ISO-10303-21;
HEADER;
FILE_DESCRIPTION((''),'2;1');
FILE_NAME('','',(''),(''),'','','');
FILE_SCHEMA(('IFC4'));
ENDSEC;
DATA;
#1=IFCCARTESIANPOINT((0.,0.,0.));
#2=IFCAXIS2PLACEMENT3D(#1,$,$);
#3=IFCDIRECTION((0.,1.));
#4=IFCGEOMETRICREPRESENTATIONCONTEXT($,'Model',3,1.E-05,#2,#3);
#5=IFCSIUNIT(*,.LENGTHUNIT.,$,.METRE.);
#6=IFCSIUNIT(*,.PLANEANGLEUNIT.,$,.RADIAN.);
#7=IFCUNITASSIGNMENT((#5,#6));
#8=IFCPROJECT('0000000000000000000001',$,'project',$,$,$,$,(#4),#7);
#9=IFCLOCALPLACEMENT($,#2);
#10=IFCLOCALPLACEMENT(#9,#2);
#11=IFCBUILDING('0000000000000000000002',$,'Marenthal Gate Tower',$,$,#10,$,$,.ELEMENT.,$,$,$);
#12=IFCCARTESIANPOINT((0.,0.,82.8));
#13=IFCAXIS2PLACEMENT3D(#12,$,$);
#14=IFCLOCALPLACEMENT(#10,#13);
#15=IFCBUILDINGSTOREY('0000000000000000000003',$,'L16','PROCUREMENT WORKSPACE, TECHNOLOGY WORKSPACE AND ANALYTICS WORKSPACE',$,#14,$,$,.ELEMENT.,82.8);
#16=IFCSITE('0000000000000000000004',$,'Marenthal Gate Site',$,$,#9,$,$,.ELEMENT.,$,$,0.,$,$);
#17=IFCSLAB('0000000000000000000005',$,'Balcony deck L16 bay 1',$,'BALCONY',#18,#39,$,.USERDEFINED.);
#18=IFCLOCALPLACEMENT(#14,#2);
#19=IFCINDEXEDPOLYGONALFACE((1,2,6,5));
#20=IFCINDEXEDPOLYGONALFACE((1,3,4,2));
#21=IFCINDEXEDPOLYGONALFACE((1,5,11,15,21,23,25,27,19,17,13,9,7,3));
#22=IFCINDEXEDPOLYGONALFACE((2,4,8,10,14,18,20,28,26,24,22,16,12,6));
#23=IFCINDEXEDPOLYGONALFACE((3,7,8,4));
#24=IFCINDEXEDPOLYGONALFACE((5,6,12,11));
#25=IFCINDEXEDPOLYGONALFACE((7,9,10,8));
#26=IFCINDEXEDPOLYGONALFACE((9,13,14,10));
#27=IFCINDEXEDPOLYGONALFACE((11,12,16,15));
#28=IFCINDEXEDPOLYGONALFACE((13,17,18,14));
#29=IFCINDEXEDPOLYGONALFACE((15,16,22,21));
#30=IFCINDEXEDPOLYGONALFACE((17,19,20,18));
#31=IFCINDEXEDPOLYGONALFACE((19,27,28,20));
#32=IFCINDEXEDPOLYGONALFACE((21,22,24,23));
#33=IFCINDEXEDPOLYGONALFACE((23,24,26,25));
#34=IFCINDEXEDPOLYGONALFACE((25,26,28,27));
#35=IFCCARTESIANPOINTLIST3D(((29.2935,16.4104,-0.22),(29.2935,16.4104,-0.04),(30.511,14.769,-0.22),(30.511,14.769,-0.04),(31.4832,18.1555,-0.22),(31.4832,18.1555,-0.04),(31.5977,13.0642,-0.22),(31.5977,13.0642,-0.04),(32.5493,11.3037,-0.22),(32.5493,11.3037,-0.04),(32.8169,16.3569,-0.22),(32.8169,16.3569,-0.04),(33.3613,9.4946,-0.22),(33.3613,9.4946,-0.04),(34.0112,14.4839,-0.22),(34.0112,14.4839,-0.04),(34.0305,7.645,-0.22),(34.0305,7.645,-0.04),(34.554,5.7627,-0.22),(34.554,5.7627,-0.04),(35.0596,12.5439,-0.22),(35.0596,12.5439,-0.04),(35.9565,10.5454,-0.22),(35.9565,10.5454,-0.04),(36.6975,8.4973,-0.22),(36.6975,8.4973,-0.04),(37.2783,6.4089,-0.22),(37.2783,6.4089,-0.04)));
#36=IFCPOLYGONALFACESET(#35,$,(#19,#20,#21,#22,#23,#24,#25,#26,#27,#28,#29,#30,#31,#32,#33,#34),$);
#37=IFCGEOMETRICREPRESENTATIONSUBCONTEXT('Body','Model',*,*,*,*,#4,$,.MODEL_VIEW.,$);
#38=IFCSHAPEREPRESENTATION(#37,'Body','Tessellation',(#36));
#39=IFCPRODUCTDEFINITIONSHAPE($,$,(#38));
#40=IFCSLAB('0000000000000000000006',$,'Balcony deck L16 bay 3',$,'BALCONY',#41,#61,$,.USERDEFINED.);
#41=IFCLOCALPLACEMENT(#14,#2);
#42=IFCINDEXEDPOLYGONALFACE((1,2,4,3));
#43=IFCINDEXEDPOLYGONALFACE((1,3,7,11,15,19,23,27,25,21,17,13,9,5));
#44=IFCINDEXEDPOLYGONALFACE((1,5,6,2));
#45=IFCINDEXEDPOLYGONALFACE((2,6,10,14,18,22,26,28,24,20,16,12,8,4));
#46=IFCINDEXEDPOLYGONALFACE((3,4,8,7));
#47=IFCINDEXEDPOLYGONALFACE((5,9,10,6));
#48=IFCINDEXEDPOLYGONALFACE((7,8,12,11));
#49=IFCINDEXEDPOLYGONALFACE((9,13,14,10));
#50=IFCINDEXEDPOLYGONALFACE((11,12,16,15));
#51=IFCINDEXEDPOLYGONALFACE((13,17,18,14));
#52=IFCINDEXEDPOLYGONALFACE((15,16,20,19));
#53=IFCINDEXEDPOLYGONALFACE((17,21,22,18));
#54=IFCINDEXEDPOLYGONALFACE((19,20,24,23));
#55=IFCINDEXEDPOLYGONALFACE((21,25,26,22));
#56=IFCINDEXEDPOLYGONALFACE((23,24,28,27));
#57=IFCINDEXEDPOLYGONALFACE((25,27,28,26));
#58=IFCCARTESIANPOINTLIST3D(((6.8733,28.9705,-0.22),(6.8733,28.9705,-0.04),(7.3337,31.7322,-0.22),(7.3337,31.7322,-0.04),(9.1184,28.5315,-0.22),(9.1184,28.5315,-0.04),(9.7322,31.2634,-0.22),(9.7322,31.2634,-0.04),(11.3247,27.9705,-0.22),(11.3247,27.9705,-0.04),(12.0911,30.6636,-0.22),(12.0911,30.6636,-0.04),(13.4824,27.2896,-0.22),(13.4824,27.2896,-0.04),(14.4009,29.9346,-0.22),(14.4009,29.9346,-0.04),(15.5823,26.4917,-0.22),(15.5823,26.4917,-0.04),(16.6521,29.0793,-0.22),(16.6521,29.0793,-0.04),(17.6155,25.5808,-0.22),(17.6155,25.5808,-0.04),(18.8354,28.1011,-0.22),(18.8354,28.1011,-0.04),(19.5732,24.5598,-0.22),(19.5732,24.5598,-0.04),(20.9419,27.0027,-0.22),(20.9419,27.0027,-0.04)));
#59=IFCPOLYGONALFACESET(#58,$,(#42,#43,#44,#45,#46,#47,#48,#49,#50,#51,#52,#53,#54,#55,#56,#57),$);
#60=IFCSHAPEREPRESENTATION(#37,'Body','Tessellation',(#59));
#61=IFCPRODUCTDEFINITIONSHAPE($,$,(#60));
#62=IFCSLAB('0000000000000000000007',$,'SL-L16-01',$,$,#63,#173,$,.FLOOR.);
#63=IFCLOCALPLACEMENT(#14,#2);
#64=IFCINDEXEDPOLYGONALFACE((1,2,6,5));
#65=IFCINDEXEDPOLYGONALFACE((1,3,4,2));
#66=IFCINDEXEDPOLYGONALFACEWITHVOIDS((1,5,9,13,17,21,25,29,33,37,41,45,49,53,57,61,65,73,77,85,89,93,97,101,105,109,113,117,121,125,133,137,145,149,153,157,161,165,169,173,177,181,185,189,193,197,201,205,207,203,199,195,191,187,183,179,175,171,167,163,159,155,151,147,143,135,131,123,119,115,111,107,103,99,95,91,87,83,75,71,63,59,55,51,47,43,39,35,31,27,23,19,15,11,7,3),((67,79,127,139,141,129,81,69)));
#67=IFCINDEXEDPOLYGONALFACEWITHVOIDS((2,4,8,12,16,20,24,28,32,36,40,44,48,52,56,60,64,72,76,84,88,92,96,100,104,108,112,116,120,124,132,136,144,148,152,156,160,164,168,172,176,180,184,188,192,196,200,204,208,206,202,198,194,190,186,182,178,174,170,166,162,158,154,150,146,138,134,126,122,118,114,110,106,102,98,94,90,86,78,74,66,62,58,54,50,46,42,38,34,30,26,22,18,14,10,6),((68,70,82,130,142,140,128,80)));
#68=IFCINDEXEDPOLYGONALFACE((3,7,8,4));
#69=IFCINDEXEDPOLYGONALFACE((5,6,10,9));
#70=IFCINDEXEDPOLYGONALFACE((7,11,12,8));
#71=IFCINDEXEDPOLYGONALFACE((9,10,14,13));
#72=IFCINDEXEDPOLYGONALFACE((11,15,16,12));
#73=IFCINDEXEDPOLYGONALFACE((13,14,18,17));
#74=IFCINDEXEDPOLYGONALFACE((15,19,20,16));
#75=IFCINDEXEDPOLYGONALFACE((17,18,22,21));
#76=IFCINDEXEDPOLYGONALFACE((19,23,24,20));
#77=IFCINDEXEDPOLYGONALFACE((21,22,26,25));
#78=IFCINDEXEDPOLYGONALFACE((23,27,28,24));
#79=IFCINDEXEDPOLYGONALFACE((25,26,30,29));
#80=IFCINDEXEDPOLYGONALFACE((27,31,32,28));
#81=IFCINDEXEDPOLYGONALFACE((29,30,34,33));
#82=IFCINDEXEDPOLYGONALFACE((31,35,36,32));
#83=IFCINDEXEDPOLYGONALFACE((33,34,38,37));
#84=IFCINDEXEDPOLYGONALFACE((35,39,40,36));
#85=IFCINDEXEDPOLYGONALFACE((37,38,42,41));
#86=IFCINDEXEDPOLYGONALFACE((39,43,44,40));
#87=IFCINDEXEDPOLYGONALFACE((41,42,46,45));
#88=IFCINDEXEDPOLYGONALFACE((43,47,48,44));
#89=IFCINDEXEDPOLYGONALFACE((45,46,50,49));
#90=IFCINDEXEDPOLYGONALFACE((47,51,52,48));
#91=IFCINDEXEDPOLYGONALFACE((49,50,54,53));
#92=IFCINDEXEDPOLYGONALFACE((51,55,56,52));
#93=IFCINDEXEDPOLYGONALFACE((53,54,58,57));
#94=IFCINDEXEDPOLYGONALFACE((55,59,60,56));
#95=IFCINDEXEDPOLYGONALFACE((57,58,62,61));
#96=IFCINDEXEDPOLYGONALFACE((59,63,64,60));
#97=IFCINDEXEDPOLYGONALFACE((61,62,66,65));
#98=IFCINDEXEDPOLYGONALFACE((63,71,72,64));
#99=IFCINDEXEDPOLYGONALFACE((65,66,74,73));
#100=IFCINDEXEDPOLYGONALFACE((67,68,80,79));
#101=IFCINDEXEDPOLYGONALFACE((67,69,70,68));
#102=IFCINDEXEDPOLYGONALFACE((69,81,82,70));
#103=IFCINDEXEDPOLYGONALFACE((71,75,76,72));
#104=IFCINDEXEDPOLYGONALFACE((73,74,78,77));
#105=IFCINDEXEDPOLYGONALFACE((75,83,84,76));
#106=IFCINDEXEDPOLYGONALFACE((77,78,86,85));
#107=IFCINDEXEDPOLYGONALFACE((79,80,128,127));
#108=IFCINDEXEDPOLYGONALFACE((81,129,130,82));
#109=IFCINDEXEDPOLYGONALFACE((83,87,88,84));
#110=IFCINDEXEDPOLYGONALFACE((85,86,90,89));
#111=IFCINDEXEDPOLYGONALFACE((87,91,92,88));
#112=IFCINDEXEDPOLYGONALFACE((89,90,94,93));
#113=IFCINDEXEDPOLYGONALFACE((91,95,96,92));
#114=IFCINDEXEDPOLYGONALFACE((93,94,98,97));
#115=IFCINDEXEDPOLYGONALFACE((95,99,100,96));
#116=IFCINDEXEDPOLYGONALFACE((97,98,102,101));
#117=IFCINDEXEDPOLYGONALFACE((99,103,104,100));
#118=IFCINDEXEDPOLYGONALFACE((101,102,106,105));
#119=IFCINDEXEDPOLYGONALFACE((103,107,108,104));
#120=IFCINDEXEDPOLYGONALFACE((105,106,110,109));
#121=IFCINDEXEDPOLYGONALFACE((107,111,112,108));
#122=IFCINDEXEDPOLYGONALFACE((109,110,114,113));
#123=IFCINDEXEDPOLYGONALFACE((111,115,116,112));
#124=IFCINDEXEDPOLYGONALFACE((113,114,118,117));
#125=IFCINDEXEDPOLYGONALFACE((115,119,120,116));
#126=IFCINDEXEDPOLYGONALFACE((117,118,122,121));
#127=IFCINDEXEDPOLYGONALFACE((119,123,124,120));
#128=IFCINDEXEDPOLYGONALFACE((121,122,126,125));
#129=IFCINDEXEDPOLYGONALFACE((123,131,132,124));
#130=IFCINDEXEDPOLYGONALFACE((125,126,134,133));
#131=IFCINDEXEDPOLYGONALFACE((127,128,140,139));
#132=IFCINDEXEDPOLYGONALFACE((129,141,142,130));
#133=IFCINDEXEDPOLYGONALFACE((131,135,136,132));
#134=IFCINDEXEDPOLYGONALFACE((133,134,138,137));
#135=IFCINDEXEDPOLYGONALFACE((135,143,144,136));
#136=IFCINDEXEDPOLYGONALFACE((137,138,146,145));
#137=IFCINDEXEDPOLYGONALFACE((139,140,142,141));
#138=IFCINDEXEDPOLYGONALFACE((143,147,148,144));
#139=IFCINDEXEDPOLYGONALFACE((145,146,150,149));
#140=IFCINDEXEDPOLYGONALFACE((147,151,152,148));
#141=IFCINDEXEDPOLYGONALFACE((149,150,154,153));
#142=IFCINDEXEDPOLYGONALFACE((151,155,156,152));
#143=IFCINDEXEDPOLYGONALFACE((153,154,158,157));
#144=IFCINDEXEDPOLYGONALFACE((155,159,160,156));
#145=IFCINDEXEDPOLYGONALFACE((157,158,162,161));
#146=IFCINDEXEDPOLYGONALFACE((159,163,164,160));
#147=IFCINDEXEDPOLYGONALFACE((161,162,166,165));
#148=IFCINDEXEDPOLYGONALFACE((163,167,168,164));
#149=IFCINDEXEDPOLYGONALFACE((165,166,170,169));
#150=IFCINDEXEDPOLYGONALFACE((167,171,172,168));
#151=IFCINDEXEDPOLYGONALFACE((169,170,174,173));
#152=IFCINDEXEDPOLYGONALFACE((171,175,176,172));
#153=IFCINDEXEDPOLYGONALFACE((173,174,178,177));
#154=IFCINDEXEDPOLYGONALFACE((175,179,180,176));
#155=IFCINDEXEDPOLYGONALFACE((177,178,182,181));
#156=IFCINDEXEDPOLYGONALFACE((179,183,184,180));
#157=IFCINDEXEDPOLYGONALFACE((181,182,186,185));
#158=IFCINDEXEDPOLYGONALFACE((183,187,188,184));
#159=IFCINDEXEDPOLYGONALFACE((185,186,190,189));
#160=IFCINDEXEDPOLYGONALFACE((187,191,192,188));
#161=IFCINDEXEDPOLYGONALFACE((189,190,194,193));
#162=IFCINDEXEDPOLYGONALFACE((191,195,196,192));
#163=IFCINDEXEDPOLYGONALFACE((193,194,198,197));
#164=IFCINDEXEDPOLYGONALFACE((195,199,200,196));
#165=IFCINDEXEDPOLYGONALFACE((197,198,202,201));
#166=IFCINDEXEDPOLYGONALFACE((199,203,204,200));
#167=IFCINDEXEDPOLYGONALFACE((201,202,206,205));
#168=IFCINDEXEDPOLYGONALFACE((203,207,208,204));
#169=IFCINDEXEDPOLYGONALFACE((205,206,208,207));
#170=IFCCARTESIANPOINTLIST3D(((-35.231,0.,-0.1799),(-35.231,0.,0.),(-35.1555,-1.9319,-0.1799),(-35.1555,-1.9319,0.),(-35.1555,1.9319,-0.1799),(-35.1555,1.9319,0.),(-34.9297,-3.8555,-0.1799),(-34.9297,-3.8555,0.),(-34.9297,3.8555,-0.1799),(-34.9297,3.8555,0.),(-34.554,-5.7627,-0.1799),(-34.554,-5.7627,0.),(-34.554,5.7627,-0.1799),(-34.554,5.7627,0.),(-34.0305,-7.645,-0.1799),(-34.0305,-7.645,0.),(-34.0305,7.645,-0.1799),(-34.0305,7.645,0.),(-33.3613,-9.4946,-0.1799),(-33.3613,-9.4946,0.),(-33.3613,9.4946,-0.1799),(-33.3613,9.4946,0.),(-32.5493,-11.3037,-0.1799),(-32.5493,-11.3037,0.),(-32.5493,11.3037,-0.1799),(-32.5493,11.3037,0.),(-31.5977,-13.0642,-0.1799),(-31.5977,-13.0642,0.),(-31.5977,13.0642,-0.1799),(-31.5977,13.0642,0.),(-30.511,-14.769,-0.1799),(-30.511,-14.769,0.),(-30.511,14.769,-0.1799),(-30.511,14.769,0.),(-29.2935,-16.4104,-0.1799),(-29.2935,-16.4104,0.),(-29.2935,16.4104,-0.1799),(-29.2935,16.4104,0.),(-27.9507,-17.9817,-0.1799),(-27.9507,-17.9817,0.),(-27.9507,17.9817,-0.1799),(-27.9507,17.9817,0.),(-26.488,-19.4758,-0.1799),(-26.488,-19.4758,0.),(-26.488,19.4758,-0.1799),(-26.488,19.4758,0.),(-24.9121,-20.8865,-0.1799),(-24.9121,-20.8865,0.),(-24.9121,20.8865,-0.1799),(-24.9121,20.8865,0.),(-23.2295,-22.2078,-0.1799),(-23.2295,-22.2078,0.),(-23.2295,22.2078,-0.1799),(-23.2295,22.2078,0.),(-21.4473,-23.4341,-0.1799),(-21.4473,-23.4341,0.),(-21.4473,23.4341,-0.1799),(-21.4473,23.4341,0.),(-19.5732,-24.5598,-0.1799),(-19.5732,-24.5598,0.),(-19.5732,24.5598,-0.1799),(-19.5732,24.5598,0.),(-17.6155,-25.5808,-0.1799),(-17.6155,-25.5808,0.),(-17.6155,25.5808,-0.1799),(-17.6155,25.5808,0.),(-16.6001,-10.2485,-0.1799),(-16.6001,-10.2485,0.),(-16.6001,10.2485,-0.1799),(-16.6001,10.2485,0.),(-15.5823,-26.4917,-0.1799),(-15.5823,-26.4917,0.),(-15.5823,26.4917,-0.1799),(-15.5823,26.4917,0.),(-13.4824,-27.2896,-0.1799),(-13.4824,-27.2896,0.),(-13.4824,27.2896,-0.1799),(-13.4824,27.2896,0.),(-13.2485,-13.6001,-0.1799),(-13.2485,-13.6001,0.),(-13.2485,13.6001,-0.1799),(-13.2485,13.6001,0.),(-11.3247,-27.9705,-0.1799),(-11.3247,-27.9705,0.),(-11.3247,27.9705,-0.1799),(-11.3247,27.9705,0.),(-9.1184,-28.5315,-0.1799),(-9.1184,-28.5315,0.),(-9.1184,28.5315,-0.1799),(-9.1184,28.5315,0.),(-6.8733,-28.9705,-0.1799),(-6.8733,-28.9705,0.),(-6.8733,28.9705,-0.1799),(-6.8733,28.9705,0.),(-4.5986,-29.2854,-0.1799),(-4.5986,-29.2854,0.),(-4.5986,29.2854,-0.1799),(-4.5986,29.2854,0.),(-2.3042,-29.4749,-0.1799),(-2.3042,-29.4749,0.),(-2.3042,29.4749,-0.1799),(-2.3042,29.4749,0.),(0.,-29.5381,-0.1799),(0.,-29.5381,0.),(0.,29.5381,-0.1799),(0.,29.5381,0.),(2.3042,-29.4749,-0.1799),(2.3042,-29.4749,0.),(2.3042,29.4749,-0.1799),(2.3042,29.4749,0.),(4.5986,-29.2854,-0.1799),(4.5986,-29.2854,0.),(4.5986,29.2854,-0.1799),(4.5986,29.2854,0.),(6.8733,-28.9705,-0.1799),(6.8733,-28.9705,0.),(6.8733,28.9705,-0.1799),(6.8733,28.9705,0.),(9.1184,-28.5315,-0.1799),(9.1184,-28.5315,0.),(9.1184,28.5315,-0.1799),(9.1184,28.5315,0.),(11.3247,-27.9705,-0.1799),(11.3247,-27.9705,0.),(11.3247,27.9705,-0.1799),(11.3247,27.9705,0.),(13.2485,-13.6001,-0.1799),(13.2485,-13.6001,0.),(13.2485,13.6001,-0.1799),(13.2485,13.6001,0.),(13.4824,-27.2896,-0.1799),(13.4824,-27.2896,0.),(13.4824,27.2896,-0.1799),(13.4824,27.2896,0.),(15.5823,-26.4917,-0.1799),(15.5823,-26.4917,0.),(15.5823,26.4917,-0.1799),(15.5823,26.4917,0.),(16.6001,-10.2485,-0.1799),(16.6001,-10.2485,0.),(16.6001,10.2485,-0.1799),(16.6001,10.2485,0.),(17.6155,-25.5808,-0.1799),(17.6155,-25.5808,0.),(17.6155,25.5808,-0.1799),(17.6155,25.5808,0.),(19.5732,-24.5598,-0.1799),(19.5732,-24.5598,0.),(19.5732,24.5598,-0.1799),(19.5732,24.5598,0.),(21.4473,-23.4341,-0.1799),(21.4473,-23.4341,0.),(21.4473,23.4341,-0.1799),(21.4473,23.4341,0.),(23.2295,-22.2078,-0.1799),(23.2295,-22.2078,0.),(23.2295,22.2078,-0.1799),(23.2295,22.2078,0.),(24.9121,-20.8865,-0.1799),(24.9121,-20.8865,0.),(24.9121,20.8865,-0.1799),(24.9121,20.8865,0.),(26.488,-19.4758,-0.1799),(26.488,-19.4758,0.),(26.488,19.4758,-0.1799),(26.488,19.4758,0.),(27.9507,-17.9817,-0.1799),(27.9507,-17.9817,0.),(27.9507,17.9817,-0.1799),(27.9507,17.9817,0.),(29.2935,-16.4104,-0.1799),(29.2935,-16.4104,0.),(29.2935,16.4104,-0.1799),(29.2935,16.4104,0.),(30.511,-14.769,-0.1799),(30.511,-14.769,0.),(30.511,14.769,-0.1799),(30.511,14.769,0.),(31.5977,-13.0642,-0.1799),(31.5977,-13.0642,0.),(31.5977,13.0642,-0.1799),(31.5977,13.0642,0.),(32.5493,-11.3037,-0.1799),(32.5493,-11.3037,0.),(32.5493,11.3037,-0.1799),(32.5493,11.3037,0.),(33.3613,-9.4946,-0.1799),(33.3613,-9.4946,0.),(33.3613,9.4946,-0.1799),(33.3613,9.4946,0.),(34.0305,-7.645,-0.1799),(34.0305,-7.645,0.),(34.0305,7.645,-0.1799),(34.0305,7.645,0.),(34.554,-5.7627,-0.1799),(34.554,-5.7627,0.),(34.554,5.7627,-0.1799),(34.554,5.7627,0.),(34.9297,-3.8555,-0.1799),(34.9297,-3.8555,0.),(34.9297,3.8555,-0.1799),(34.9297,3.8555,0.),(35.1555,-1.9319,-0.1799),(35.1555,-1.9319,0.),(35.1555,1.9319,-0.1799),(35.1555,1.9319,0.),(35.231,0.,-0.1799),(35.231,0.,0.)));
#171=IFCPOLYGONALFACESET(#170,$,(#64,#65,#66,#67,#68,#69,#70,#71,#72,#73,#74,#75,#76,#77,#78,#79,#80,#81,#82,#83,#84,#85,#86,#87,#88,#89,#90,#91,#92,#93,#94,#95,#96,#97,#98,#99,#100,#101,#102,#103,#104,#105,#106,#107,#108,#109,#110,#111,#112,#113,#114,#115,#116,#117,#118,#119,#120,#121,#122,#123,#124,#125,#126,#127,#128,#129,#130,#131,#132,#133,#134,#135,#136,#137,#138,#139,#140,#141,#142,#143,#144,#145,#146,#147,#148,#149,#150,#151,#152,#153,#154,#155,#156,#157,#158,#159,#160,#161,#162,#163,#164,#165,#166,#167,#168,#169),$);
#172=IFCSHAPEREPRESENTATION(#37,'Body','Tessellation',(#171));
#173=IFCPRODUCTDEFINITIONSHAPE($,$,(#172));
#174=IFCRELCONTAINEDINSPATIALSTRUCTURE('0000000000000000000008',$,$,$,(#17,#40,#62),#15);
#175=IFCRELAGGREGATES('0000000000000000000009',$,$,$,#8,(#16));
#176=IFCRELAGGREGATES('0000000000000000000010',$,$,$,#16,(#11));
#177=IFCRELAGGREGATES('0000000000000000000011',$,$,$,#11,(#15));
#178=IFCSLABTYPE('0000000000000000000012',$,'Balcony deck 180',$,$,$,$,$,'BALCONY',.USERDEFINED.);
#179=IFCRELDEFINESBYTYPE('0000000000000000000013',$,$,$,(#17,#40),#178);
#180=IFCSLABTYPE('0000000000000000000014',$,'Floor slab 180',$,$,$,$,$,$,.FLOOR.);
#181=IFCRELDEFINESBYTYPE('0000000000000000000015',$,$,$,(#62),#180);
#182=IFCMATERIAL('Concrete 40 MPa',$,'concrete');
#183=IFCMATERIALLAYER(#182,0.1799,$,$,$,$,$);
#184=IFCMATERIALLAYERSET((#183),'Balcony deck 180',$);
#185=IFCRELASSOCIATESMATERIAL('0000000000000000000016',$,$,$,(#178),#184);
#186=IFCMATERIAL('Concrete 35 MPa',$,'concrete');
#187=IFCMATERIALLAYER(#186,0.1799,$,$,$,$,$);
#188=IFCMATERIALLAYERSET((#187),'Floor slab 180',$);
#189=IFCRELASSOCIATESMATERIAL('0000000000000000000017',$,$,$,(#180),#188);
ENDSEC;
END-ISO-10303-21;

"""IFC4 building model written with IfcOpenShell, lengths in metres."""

from ifc_helpers import new_model, si_unit, direction, frame, origin, place, context, subcontext, project, spatial, polyline, outline, extrude, material, layer, layer_set, type_object, element, save


model = new_model("IFC4")

# Units and contexts
model_context = context("Model", 3, precision=1e-05, world=origin(), true_north=direction((0.0, 1.0)))
body_context = subcontext(model_context, "Body", "Model", "MODEL_VIEW")
ifc_project = project(units=[si_unit("LENGTHUNIT", "METRE"), si_unit("PLANEANGLEUNIT", "RADIAN")], contexts=[model_context])

# Site, building, storey
site_placement = place(None, origin())
site = spatial("IfcSite", under=ifc_project, at=site_placement, Name="Marenthal Gate Site", CompositionType="ELEMENT", RefElevation=0.0)
building_placement = place(site_placement, origin())
building = spatial("IfcBuilding", under=site, at=building_placement, Name="Marenthal Gate Tower", CompositionType="ELEMENT")
storey_placement = place(building_placement, frame((0.0, 0.0, 82.8)))
storey = spatial("IfcBuildingStorey", under=building, at=storey_placement, Name="L16", Description="PROCUREMENT WORKSPACE, TECHNOLOGY WORKSPACE AND ANALYTICS WORKSPACE", CompositionType="ELEMENT", Elevation=82.8)

# Slabs
ifc_material_1 = material(Name="Concrete 40 MPa", Category="concrete")
ifc_layer_1 = layer(ifc_material_1, 0.1799)
ifc_layer_set_1 = layer_set([ifc_layer_1], Name="Balcony deck 180")
slab_type_1 = type_object("IfcSlabType", Name="Balcony deck 180", ElementType="BALCONY", PredefinedType="USERDEFINED", material=ifc_layer_set_1)
slab_1_placement = place(storey_placement, frame((0.0, 0.0, -0.22)))
element("IfcSlab", 1, at=slab_1_placement, inside=storey, type_object=slab_type_1, Name="Balcony deck L16 bay 1", ObjectType="BALCONY", PredefinedType="USERDEFINED", context=body_context, shape_type="SweptSolid", body=[
    extrude(outline(polyline([(34.554, 5.7627), (34.0305, 7.645), (33.3613, 9.4946), (32.5493, 11.3037), (31.5977, 13.0642), (30.511, 14.769), (29.2935, 16.4104), (31.4832, 18.1555), (32.8169, 16.3569), (34.0112, 14.4839), (35.0596, 12.5439), (35.9565, 10.5454), (36.6975, 8.4973), (37.2783, 6.4089), (34.554, 5.7627)])), origin(), (0.0, 0.0, 1.0), 0.1799),
])
slab_2_placement = place(storey_placement, frame((0.0, 0.0, -0.22)))
element("IfcSlab", 2, at=slab_2_placement, inside=storey, type_object=slab_type_1, Name="Balcony deck L16 bay 3", ObjectType="BALCONY", PredefinedType="USERDEFINED", context=body_context, shape_type="SweptSolid", body=[
    extrude(outline(polyline([(19.5732, 24.5598), (17.6155, 25.5808), (15.5823, 26.4917), (13.4824, 27.2896), (11.3247, 27.9705), (9.1184, 28.5315), (6.8733, 28.9705), (7.3337, 31.7322), (9.7322, 31.2634), (12.0911, 30.6636), (14.4009, 29.9346), (16.6521, 29.0793), (18.8354, 28.1011), (20.9419, 27.0027), (19.5732, 24.5598)])), origin(), (0.0, 0.0, 1.0), 0.1799),
])
ifc_material_2 = material(Name="Concrete 35 MPa", Category="concrete")
ifc_layer_2 = layer(ifc_material_2, 0.1799)
ifc_layer_set_2 = layer_set([ifc_layer_2], Name="Floor slab 180")
slab_type_2 = type_object("IfcSlabType", Name="Floor slab 180", PredefinedType="FLOOR", material=ifc_layer_set_2)
slab_3_placement = place(storey_placement, frame((0.0, 0.0, -0.1799)))
element("IfcSlab", 3, at=slab_3_placement, inside=storey, type_object=slab_type_2, Name="SL-L16-01", PredefinedType="FLOOR", context=body_context, shape_type="SweptSolid", body=[
    extrude(outline(polyline([(35.231, 0.0), (35.1555, 1.9319), (34.9297, 3.8555), (34.554, 5.7627), (34.0305, 7.645), (33.3613, 9.4946), (32.5493, 11.3037), (31.5977, 13.0642), (30.511, 14.769), (29.2935, 16.4104), (27.9507, 17.9817), (26.488, 19.4758), (24.9121, 20.8865), (23.2295, 22.2078), (21.4473, 23.4341), (19.5732, 24.5598), (17.6155, 25.5808), (15.5823, 26.4917), (13.4824, 27.2896), (11.3247, 27.9705), (9.1184, 28.5315), (6.8733, 28.9705), (4.5986, 29.2854), (2.3042, 29.4749), (0.0, 29.5381), (-2.3042, 29.4749), (-4.5986, 29.2854), (-6.8733, 28.9705), (-9.1184, 28.5315), (-11.3247, 27.9705), (-13.4824, 27.2896), (-15.5823, 26.4917), (-17.6155, 25.5808), (-19.5732, 24.5598), (-21.4473, 23.4341), (-23.2295, 22.2078), (-24.9121, 20.8865), (-26.488, 19.4758), (-27.9507, 17.9817), (-29.2935, 16.4104), (-30.511, 14.769), (-31.5977, 13.0642), (-32.5493, 11.3037), (-33.3613, 9.4946), (-34.0305, 7.645), (-34.554, 5.7627), (-34.9297, 3.8555), (-35.1555, 1.9319), (-35.231, 0.0), (-35.1555, -1.9319), (-34.9297, -3.8555), (-34.554, -5.7627), (-34.0305, -7.645), (-33.3613, -9.4946), (-32.5493, -11.3037), (-31.5977, -13.0642), (-30.511, -14.769), (-29.2935, -16.4104), (-27.9507, -17.9817), (-26.488, -19.4758), (-24.9121, -20.8865), (-23.2295, -22.2078), (-21.4473, -23.4341), (-19.5732, -24.5598), (-17.6155, -25.5808), (-15.5823, -26.4917), (-13.4824, -27.2896), (-11.3247, -27.9705), (-9.1184, -28.5315), (-6.8733, -28.9705), (-4.5986, -29.2854), (-2.3042, -29.4749), (0.0, -29.5381), (2.3042, -29.4749), (4.5986, -29.2854), (6.8733, -28.9705), (9.1184, -28.5315), (11.3247, -27.9705), (13.4824, -27.2896), (15.5823, -26.4917), (17.6155, -25.5808), (19.5732, -24.5598), (21.4473, -23.4341), (23.2295, -22.2078), (24.9121, -20.8865), (26.488, -19.4758), (27.9507, -17.9817), (29.2935, -16.4104), (30.511, -14.769), (31.5977, -13.0642), (32.5493, -11.3037), (33.3613, -9.4946), (34.0305, -7.645), (34.554, -5.7627), (34.9297, -3.8555), (35.1555, -1.9319), (35.231, 0.0)]), holes=[polyline([(13.2485, -13.6001), (16.6001, -10.2485), (16.6001, 10.2485), (13.2485, 13.6001), (-13.2485, 13.6001), (-16.6001, 10.2485), (-16.6001, -10.2485), (-13.2485, -13.6001), (13.2485, -13.6001)])]), origin(), (0.0, 0.0, 1.0), 0.1799),
])

save(model, "model.ifc")
